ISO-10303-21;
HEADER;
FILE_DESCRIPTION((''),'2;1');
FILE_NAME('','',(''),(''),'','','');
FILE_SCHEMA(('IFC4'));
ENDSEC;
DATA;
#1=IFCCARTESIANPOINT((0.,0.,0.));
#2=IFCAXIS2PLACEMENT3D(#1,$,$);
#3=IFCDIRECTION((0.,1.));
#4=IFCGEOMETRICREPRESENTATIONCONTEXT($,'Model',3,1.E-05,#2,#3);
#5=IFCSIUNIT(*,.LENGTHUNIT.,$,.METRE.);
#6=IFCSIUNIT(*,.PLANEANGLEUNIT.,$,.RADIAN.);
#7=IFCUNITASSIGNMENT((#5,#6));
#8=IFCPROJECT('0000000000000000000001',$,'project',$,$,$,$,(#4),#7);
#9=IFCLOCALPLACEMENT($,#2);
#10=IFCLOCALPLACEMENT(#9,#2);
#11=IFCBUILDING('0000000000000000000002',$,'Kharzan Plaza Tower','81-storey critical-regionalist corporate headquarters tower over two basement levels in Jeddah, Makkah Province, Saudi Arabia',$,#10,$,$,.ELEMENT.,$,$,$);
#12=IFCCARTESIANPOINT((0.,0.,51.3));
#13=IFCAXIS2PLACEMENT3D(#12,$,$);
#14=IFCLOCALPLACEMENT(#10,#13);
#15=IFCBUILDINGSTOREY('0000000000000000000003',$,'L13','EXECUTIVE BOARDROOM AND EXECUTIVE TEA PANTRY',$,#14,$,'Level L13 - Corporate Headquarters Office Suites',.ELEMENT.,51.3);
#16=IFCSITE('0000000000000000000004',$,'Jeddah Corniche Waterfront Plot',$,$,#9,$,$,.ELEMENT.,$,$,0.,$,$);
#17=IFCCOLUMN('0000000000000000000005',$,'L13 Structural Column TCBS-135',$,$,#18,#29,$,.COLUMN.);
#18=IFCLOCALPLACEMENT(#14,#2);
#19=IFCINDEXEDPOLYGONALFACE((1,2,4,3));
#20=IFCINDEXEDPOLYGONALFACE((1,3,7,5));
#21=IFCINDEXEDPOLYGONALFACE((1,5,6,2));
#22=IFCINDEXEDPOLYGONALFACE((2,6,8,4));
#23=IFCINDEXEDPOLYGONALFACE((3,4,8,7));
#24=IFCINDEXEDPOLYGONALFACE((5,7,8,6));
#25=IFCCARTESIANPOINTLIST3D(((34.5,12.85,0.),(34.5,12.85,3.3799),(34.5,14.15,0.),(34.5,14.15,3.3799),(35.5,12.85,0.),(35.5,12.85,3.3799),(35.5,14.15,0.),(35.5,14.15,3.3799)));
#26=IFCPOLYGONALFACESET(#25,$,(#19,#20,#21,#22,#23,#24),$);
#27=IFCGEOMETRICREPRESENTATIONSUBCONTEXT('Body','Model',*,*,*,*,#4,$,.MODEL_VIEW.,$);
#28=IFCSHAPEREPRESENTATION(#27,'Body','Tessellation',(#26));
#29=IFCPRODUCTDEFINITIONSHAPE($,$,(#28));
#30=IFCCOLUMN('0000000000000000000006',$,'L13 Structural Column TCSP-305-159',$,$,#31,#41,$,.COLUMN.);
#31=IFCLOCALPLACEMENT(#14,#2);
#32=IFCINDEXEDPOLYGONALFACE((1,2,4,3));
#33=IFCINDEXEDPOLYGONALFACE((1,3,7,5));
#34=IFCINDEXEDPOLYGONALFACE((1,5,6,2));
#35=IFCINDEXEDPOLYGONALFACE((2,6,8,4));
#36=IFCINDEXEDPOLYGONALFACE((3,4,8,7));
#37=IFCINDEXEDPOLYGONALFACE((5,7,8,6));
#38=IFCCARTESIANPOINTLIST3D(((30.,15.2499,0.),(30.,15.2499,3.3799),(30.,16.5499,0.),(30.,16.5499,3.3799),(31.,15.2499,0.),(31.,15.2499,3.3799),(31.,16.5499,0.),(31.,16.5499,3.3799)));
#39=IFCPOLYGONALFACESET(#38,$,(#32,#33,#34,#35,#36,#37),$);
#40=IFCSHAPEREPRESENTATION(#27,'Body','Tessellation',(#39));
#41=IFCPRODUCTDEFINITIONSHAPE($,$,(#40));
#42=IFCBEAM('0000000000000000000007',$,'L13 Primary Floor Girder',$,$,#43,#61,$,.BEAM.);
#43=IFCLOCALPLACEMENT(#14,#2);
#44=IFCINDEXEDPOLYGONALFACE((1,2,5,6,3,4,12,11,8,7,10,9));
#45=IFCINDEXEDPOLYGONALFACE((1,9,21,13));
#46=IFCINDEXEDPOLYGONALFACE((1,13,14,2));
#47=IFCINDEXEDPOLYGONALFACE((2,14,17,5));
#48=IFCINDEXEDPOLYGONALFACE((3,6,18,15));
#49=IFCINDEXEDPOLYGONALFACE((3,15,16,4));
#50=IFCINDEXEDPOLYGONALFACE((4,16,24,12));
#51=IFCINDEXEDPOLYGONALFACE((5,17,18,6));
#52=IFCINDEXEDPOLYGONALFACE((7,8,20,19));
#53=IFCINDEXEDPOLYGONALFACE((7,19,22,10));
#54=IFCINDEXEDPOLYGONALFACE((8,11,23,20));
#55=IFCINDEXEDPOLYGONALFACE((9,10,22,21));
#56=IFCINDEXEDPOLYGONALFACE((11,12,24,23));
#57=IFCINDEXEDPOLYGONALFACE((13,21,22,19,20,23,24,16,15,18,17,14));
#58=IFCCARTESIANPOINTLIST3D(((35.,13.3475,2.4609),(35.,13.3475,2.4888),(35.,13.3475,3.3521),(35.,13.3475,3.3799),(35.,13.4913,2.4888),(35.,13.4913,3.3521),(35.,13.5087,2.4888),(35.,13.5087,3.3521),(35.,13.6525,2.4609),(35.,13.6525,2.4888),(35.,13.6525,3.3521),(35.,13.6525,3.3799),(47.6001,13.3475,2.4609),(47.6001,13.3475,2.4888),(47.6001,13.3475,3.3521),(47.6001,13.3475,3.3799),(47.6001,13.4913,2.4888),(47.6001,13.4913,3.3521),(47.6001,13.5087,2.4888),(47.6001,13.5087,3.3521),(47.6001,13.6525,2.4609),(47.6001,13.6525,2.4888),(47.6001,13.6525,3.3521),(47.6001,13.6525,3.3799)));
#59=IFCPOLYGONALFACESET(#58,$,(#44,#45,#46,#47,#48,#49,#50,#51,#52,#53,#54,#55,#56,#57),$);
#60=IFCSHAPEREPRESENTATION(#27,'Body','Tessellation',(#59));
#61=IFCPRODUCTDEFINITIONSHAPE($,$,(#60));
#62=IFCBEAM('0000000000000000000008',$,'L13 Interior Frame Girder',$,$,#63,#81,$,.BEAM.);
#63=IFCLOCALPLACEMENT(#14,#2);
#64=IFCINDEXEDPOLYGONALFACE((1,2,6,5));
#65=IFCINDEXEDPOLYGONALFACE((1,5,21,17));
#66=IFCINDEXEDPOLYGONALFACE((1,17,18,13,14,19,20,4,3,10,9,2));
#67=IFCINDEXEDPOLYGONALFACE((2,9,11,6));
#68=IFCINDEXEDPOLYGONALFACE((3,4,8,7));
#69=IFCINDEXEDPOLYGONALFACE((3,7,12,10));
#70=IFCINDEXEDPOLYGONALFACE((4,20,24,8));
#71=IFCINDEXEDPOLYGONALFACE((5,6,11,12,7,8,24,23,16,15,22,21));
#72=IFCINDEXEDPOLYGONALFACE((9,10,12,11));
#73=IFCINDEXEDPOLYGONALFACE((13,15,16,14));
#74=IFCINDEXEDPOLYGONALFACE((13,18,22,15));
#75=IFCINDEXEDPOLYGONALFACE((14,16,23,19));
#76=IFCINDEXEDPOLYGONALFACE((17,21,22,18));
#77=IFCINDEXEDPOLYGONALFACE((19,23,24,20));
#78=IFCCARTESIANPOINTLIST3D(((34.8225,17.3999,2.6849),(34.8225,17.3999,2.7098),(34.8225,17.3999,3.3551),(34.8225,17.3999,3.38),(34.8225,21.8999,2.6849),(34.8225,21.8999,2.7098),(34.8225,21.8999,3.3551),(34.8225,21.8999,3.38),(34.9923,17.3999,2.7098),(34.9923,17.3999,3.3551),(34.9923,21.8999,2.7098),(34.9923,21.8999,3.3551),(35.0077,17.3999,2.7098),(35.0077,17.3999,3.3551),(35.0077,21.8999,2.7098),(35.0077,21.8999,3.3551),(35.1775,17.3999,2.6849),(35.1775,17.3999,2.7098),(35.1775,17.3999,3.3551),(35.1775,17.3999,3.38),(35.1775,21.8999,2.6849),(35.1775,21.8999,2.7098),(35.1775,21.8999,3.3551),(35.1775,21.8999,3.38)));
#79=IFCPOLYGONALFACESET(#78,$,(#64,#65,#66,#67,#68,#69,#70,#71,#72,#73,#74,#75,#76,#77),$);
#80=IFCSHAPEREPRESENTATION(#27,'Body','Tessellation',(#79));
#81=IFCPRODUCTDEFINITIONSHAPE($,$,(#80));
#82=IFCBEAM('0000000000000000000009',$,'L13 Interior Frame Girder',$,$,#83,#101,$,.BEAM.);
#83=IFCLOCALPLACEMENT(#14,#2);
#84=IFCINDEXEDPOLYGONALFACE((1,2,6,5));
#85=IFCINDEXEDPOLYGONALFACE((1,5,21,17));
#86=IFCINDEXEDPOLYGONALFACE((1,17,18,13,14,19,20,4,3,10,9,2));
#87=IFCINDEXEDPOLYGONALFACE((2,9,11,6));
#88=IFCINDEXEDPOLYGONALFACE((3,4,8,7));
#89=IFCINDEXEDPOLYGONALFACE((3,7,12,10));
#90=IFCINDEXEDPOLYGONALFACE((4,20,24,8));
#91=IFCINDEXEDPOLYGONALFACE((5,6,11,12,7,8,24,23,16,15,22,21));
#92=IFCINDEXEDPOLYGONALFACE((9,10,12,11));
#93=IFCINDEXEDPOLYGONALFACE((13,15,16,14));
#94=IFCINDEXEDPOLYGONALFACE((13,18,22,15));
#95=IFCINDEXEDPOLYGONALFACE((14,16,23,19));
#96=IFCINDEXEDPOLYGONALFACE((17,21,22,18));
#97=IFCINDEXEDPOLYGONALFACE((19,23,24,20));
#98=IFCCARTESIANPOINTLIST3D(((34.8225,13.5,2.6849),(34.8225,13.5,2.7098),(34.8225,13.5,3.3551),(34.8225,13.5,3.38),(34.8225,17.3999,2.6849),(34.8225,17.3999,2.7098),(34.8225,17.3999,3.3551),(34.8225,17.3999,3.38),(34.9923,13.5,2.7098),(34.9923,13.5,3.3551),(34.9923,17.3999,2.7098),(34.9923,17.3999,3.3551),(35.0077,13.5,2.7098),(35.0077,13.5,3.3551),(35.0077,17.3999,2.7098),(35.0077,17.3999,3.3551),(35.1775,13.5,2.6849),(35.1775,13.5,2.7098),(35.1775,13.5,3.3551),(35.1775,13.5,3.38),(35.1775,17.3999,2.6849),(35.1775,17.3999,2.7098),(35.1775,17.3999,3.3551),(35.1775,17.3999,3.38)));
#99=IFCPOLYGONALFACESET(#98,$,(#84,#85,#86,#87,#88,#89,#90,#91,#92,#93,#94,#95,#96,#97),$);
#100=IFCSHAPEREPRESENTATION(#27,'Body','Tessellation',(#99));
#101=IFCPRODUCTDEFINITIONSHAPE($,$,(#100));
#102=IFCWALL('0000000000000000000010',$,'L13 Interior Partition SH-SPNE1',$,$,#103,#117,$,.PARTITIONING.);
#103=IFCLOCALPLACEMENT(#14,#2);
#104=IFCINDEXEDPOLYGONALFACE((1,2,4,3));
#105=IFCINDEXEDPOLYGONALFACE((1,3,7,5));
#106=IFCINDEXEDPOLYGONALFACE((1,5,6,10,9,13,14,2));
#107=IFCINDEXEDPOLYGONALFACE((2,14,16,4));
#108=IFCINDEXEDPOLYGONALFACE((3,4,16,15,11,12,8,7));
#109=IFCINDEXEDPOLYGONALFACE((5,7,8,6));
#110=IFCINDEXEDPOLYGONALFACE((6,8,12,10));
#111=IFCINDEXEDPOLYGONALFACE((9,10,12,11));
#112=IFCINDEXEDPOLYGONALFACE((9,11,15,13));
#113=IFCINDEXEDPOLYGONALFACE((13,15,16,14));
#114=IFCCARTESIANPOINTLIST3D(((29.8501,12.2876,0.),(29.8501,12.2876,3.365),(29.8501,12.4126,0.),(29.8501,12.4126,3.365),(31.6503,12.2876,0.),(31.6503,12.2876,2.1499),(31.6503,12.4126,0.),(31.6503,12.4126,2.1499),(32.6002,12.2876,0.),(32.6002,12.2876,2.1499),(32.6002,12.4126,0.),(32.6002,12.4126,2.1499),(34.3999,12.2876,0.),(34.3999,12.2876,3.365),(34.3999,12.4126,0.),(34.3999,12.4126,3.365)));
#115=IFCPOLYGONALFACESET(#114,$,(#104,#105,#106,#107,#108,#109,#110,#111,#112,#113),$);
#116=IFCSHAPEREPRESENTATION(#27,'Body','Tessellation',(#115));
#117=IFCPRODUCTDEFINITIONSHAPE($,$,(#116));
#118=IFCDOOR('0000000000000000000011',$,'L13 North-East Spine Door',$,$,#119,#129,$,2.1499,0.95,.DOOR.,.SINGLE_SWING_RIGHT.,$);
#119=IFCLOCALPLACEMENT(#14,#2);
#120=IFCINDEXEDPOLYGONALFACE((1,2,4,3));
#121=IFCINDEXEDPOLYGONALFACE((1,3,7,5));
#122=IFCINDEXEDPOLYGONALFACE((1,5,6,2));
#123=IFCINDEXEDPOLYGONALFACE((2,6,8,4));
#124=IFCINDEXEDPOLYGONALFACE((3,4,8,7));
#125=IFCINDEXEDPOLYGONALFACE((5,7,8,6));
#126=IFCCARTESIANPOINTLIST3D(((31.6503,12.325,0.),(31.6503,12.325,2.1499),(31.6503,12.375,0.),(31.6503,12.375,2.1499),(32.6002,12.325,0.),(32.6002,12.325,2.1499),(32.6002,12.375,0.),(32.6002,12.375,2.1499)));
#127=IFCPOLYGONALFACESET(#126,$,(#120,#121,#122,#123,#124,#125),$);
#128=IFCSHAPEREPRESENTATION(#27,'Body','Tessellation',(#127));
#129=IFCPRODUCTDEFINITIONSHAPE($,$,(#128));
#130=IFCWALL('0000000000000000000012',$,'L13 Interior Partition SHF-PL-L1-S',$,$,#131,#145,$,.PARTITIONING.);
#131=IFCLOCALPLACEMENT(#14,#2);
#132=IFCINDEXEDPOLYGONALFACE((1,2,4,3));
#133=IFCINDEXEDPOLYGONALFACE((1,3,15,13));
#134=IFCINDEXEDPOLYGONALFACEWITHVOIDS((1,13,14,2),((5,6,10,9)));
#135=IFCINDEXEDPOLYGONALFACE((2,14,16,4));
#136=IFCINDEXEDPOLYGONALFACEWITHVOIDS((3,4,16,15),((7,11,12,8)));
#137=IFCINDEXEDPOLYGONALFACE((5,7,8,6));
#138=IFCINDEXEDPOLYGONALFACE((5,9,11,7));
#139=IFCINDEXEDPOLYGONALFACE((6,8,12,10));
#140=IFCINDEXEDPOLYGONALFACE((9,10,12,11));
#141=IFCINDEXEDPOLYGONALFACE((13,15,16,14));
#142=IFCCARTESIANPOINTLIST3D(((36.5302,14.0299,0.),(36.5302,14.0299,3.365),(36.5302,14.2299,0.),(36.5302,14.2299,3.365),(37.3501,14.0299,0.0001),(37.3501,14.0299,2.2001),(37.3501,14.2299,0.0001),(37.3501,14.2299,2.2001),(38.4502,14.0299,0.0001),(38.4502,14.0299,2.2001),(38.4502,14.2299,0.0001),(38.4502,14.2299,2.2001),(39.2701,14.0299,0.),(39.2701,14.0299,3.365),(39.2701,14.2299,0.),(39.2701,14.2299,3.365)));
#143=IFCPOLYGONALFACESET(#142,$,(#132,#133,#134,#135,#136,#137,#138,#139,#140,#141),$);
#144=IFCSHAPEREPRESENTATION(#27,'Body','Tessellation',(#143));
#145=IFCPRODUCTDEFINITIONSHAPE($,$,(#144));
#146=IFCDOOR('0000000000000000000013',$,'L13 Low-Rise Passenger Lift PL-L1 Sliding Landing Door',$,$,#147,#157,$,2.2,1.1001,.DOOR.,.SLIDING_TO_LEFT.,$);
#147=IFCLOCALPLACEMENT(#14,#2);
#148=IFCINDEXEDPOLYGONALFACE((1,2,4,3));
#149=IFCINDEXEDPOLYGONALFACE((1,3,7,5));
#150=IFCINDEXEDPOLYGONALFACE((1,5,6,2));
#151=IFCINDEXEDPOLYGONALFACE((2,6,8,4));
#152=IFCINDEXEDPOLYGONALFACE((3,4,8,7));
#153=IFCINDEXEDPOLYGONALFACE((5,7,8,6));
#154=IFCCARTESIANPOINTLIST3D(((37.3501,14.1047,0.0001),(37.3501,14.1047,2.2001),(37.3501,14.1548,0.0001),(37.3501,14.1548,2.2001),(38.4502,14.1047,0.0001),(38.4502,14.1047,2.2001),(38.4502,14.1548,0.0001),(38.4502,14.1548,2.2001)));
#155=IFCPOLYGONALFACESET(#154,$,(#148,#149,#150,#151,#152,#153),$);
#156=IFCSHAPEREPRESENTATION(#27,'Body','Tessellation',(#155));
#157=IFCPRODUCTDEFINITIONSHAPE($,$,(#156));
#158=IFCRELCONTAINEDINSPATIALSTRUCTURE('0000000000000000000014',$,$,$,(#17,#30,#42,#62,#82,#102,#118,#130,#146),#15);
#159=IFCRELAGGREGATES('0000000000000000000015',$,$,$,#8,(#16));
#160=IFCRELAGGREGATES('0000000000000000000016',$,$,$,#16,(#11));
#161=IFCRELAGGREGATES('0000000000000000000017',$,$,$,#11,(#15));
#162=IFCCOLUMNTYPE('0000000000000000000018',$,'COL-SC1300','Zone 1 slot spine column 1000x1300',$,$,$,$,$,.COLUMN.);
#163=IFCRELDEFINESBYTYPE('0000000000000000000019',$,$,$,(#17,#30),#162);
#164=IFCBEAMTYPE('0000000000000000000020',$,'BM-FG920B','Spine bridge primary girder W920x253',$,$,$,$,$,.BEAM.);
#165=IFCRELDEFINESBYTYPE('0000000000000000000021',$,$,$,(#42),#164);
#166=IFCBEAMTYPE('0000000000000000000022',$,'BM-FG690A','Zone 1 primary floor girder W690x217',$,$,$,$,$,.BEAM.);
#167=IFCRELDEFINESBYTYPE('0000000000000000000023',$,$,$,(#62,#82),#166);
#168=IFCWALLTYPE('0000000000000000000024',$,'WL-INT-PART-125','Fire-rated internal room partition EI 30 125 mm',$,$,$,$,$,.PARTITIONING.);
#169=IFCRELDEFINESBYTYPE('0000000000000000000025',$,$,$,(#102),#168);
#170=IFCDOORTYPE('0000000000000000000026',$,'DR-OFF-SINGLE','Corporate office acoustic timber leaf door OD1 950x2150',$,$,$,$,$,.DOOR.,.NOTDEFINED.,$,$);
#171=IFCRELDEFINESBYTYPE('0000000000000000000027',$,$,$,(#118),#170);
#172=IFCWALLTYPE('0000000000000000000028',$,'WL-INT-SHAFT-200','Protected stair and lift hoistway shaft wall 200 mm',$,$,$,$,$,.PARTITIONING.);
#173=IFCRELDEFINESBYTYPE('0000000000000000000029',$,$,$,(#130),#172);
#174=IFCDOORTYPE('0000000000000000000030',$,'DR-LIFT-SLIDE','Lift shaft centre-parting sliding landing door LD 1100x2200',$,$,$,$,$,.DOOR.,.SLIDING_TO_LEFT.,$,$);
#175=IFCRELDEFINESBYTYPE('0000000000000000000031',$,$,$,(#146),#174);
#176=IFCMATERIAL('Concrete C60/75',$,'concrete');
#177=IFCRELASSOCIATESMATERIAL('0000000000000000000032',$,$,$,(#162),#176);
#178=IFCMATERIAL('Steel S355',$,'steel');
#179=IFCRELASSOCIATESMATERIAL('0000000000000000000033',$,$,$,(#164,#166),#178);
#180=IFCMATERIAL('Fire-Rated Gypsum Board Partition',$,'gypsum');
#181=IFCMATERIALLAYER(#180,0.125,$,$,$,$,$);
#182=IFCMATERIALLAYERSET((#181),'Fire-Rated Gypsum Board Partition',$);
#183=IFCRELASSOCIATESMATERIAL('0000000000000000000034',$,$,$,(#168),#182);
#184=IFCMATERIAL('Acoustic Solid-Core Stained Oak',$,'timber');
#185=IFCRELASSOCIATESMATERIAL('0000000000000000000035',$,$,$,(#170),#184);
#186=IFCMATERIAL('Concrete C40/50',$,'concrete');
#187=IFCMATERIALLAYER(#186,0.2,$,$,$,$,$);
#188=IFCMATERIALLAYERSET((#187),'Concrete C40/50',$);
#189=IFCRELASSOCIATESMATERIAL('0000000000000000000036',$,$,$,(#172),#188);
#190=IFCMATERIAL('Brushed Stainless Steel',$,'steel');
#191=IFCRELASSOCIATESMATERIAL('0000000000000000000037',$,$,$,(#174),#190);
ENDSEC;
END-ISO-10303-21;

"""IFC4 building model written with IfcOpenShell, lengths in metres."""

from ifc_helpers import new_model, si_unit, direction, frame, frame_2d, origin, origin_2d, place, context, subcontext, project, spatial, rectangle, i_section, extrude, source, transform, mapped, material, layer, layer_set, material_profile, profile_set, type_object, element, fill, save


model = new_model("IFC4")

# Units and contexts
model_context = context("Model", 3, precision=1e-05, world=origin(), true_north=direction((0.0, 1.0)))
body_context = subcontext(model_context, "Body", "Model", "MODEL_VIEW")
ifc_project = project(units=[si_unit("LENGTHUNIT", "METRE"), si_unit("PLANEANGLEUNIT", "RADIAN")], contexts=[model_context])

# Site, building, storey
site_placement = place(None, origin())
site = spatial("IfcSite", under=ifc_project, at=site_placement, Name="Jeddah Corniche Waterfront Plot", CompositionType="ELEMENT", RefElevation=0.0)
building_placement = place(site_placement, origin())
building = spatial("IfcBuilding", under=site, at=building_placement, Name="Kharzan Plaza Tower", Description="81-storey critical-regionalist corporate headquarters tower over two basement levels in Jeddah, Makkah Province, Saudi Arabia", CompositionType="ELEMENT")
storey_placement = place(building_placement, frame((0.0, 0.0, 51.3)))
storey = spatial("IfcBuildingStorey", under=building, at=storey_placement, Name="L13", Description="EXECUTIVE BOARDROOM AND EXECUTIVE TEA PANTRY", LongName="Level L13 - Corporate Headquarters Office Suites", CompositionType="ELEMENT", Elevation=51.3)

# Columns
ifc_material_1 = material(Name="Concrete C60/75", Category="concrete")
ifc_material_profile_1 = material_profile(ifc_material_1, rectangle(XDim=1.0, YDim=1.3, at=origin_2d()), Name="RC-SC1300x1000")
ifc_profile_set_1 = profile_set([ifc_material_profile_1], Name="Concrete C60/75")
column_type = type_object("IfcColumnType", Name="COL-SC1300", Description="Zone 1 slot spine column 1000x1300", PredefinedType="COLUMN", material=ifc_profile_set_1)
shared_shape_1 = source(origin(), body_context, "Body", "SweptSolid", [
    extrude(rectangle(XDim=1.0, YDim=1.3, at=origin_2d()), origin(), (0.0, 0.0, 1.0), 3.3799),
])
for number, where, z_axis, x_axis, name in (
    (1, (35.0, 13.5, 0.0), (0.0, 0.0, 1.0), (1.0, 0.0, 0.0), "L13 Structural Column TCBS-135"),
    (2, (30.5, 15.8999, 0.0), (0.0, 0.0, 1.0), (1.0, 0.0, 0.0), "L13 Structural Column TCSP-305-159"),
):
    element("IfcColumn", number, at=place(storey_placement, frame(where, z_axis=z_axis, x_axis=x_axis)), inside=storey, type_object=column_type, Name=name, PredefinedType="COLUMN", context=body_context, shape_type="MappedRepresentation", body=[
        mapped(shared_shape_1, transform((0.0, 0.0, 0.0), x_axis=(1.0, 0.0, 0.0), y_axis=(0.0, 1.0, 0.0), z_axis=(0.0, 0.0, 1.0))),
    ])

# Beams
ifc_material_2 = material(Name="Steel S355", Category="steel")
ifc_material_profile_2 = material_profile(ifc_material_2, i_section(OverallWidth=0.3049, OverallDepth=0.9189, WebThickness=0.0173, FlangeThickness=0.0278, at=origin_2d()), Name="W920x253")
ifc_profile_set_2 = profile_set([ifc_material_profile_2], Name="Steel S355")
beam_type_1 = type_object("IfcBeamType", Name="BM-FG920B", Description="Spine bridge primary girder W920x253", PredefinedType="BEAM", material=ifc_profile_set_2)
shared_shape_2 = source(origin(), body_context, "Body", "SweptSolid", [
    extrude(i_section(OverallWidth=0.3049, OverallDepth=0.9189, WebThickness=0.0173, FlangeThickness=0.0278, at=origin_2d()), origin(), (0.0, 0.0, 1.0), 12.6001),
])
beam_1_placement = place(storey_placement, frame((35.0, 13.5, 2.9204), z_axis=(1.0, 0.0, 0.0), x_axis=(0.0, 1.0, 0.0)))
element("IfcBeam", 3, at=beam_1_placement, inside=storey, type_object=beam_type_1, Name="L13 Primary Floor Girder", PredefinedType="BEAM", context=body_context, shape_type="MappedRepresentation", body=[
    mapped(shared_shape_2, transform((0.0, 0.0, 0.0), x_axis=(1.0, 0.0, 0.0), y_axis=(0.0, 1.0, 0.0), z_axis=(0.0, 0.0, 1.0))),
])
ifc_material_profile_3 = material_profile(ifc_material_2, i_section(OverallWidth=0.355, OverallDepth=0.6951, WebThickness=0.0154, FlangeThickness=0.0249, at=origin_2d()), Name="W690x217")
ifc_profile_set_3 = profile_set([ifc_material_profile_3], Name="Steel S355")
beam_type_2 = type_object("IfcBeamType", Name="BM-FG690A", Description="Zone 1 primary floor girder W690x217", PredefinedType="BEAM", material=ifc_profile_set_3)
shared_shape_3 = source(origin(), body_context, "Body", "SweptSolid", [
    extrude(i_section(OverallWidth=0.355, OverallDepth=0.6951, WebThickness=0.0154, FlangeThickness=0.0249, at=origin_2d()), origin(), (0.0, 0.0, 1.0), 4.5),
])
beam_2_placement = place(storey_placement, frame((35.0, 17.3999, 3.0325), z_axis=(0.0, 1.0, 0.0), x_axis=(-1.0, 0.0, 0.0)))
element("IfcBeam", 4, at=beam_2_placement, inside=storey, type_object=beam_type_2, Name="L13 Interior Frame Girder", PredefinedType="BEAM", context=body_context, shape_type="MappedRepresentation", body=[
    mapped(shared_shape_3, transform((0.0, 0.0, 0.0), x_axis=(1.0, 0.0, 0.0), y_axis=(0.0, 1.0, 0.0), z_axis=(0.0, 0.0, 1.0))),
])
shared_shape_4 = source(origin(), body_context, "Body", "SweptSolid", [
    extrude(i_section(OverallWidth=0.355, OverallDepth=0.6951, WebThickness=0.0154, FlangeThickness=0.0249, at=origin_2d()), origin(), (0.0, 0.0, 1.0), 3.8999),
])
beam_3_placement = place(storey_placement, frame((35.0, 13.5, 3.0325), z_axis=(0.0, 1.0, 0.0), x_axis=(-1.0, 0.0, 0.0)))
element("IfcBeam", 5, at=beam_3_placement, inside=storey, type_object=beam_type_2, Name="L13 Interior Frame Girder", PredefinedType="BEAM", context=body_context, shape_type="MappedRepresentation", body=[
    mapped(shared_shape_4, transform((0.0, 0.0, 0.0), x_axis=(1.0, 0.0, 0.0), y_axis=(0.0, 1.0, 0.0), z_axis=(0.0, 0.0, 1.0))),
])

# Walls, openings, doors
ifc_material_3 = material(Name="Fire-Rated Gypsum Board Partition", Category="gypsum")
ifc_layer_1 = layer(ifc_material_3, 0.125)
ifc_layer_set_1 = layer_set([ifc_layer_1], Name="Fire-Rated Gypsum Board Partition")
wall_type_1 = type_object("IfcWallType", Name="WL-INT-PART-125", Description="Fire-rated internal room partition EI 30 125 mm", PredefinedType="PARTITIONING", material=ifc_layer_set_1)
wall_1_placement = place(storey_placement, frame((29.8501, 12.3501, 0.0), z_axis=(0.0, 0.0, 1.0), x_axis=(1.0, 0.0, 0.0)))
wall_1 = element("IfcWall", 6, at=wall_1_placement, inside=storey, type_object=wall_type_1, Name="L13 Interior Partition SH-SPNE1", PredefinedType="PARTITIONING", context=body_context, shape_type="SweptSolid", body=[
    extrude(rectangle(XDim=4.5498, YDim=0.125, at=frame_2d((2.2749, 0.0))), origin(), (0.0, 0.0, 1.0), 3.365),
])
opening_1_placement = place(wall_1_placement, frame((1.8, 0.0, 0.0)))
opening_1 = element("IfcOpeningElement", 7, at=opening_1_placement, cuts=wall_1, PredefinedType="OPENING", context=body_context, shape_type="SweptSolid", body=[
    extrude(rectangle(XDim=0.95, YDim=2.1499, at=frame_2d((0.4751, 1.075))), frame((0.0, 0.0725, 0.0), z_axis=(0.0, -1.0, 0.0), x_axis=(1.0, 0.0, 0.0)), (0.0, 0.0, 1.0), 0.145),
])
ifc_material_4 = material(Name="Acoustic Solid-Core Stained Oak", Category="timber")
door_type_1 = type_object("IfcDoorType", Name="DR-OFF-SINGLE", Description="Corporate office acoustic timber leaf door OD1 950x2150", OperationType="NOTDEFINED", PredefinedType="DOOR", material=ifc_material_4)
shared_shape_5 = source(origin(), body_context, "Body", "SweptSolid", [
    extrude(rectangle(XDim=0.95, YDim=2.1499, at=frame_2d((0.4751, 1.075))), frame((0.0, 0.0249, 0.0), z_axis=(0.0, -1.0, 0.0), x_axis=(1.0, 0.0, 0.0)), (0.0, 0.0, 1.0), 0.05),
])
door_1_placement = place(opening_1_placement, origin())
door_1 = element("IfcDoor", 8, at=door_1_placement, inside=storey, type_object=door_type_1, Name="L13 North-East Spine Door", OperationType="SINGLE_SWING_RIGHT", OverallHeight=2.1499, OverallWidth=0.95, PredefinedType="DOOR", context=body_context, shape_type="MappedRepresentation", body=[
    mapped(shared_shape_5, transform((0.0, 0.0, 0.0), x_axis=(1.0, 0.0, 0.0), y_axis=(0.0, 1.0, 0.0), z_axis=(0.0, 0.0, 1.0))),
])
fill(opening_1, door_1)
ifc_material_5 = material(Name="Concrete C40/50", Category="concrete")
ifc_layer_2 = layer(ifc_material_5, 0.2)
ifc_layer_set_2 = layer_set([ifc_layer_2], Name="Concrete C40/50")
wall_type_2 = type_object("IfcWallType", Name="WL-INT-SHAFT-200", Description="Protected stair and lift hoistway shaft wall 200 mm", PredefinedType="PARTITIONING", material=ifc_layer_set_2)
wall_2_placement = place(storey_placement, frame((36.53, 14.1299, 0.0), z_axis=(0.0, 0.0, 1.0), x_axis=(1.0, 0.0, 0.0)))
wall_2 = element("IfcWall", 9, at=wall_2_placement, inside=storey, type_object=wall_type_2, Name="L13 Interior Partition SHF-PL-L1-S", PredefinedType="PARTITIONING", context=body_context, shape_type="SweptSolid", body=[
    extrude(rectangle(XDim=2.74, YDim=0.2, at=frame_2d((1.3701, 0.0))), origin(), (0.0, 0.0, 1.0), 3.365),
])
opening_2_placement = place(wall_2_placement, frame((0.8201, 0.0, 0.0)))
opening_2 = element("IfcOpeningElement", 10, at=opening_2_placement, cuts=wall_2, PredefinedType="OPENING", context=body_context, shape_type="SweptSolid", body=[
    extrude(rectangle(XDim=1.1001, YDim=2.2, at=frame_2d((0.55, 1.1001))), frame((0.0, 0.1099, 0.0), z_axis=(0.0, -1.0, 0.0), x_axis=(1.0, 0.0, 0.0)), (0.0, 0.0, 1.0), 0.22),
])
ifc_material_6 = material(Name="Brushed Stainless Steel", Category="steel")
door_type_2 = type_object("IfcDoorType", Name="DR-LIFT-SLIDE", Description="Lift shaft centre-parting sliding landing door LD 1100x2200", OperationType="SLIDING_TO_LEFT", PredefinedType="DOOR", material=ifc_material_6)
shared_shape_6 = source(origin(), body_context, "Body", "SweptSolid", [
    extrude(rectangle(XDim=1.1001, YDim=2.2, at=frame_2d((0.55, 1.1001))), frame((0.0, 0.0249, 0.0), z_axis=(0.0, -1.0, 0.0), x_axis=(1.0, 0.0, 0.0)), (0.0, 0.0, 1.0), 0.05),
])
door_2_placement = place(opening_2_placement, origin())
door_2 = element("IfcDoor", 11, at=door_2_placement, inside=storey, type_object=door_type_2, Name="L13 Low-Rise Passenger Lift PL-L1 Sliding Landing Door", OperationType="SLIDING_TO_LEFT", OverallHeight=2.2, OverallWidth=1.1001, PredefinedType="DOOR", context=body_context, shape_type="MappedRepresentation", body=[
    mapped(shared_shape_6, transform((0.0, 0.0, 0.0), x_axis=(1.0, 0.0, 0.0), y_axis=(0.0, 1.0, 0.0), z_axis=(0.0, 0.0, 1.0))),
])
fill(opening_2, door_2)

save(model, "model.ifc")
